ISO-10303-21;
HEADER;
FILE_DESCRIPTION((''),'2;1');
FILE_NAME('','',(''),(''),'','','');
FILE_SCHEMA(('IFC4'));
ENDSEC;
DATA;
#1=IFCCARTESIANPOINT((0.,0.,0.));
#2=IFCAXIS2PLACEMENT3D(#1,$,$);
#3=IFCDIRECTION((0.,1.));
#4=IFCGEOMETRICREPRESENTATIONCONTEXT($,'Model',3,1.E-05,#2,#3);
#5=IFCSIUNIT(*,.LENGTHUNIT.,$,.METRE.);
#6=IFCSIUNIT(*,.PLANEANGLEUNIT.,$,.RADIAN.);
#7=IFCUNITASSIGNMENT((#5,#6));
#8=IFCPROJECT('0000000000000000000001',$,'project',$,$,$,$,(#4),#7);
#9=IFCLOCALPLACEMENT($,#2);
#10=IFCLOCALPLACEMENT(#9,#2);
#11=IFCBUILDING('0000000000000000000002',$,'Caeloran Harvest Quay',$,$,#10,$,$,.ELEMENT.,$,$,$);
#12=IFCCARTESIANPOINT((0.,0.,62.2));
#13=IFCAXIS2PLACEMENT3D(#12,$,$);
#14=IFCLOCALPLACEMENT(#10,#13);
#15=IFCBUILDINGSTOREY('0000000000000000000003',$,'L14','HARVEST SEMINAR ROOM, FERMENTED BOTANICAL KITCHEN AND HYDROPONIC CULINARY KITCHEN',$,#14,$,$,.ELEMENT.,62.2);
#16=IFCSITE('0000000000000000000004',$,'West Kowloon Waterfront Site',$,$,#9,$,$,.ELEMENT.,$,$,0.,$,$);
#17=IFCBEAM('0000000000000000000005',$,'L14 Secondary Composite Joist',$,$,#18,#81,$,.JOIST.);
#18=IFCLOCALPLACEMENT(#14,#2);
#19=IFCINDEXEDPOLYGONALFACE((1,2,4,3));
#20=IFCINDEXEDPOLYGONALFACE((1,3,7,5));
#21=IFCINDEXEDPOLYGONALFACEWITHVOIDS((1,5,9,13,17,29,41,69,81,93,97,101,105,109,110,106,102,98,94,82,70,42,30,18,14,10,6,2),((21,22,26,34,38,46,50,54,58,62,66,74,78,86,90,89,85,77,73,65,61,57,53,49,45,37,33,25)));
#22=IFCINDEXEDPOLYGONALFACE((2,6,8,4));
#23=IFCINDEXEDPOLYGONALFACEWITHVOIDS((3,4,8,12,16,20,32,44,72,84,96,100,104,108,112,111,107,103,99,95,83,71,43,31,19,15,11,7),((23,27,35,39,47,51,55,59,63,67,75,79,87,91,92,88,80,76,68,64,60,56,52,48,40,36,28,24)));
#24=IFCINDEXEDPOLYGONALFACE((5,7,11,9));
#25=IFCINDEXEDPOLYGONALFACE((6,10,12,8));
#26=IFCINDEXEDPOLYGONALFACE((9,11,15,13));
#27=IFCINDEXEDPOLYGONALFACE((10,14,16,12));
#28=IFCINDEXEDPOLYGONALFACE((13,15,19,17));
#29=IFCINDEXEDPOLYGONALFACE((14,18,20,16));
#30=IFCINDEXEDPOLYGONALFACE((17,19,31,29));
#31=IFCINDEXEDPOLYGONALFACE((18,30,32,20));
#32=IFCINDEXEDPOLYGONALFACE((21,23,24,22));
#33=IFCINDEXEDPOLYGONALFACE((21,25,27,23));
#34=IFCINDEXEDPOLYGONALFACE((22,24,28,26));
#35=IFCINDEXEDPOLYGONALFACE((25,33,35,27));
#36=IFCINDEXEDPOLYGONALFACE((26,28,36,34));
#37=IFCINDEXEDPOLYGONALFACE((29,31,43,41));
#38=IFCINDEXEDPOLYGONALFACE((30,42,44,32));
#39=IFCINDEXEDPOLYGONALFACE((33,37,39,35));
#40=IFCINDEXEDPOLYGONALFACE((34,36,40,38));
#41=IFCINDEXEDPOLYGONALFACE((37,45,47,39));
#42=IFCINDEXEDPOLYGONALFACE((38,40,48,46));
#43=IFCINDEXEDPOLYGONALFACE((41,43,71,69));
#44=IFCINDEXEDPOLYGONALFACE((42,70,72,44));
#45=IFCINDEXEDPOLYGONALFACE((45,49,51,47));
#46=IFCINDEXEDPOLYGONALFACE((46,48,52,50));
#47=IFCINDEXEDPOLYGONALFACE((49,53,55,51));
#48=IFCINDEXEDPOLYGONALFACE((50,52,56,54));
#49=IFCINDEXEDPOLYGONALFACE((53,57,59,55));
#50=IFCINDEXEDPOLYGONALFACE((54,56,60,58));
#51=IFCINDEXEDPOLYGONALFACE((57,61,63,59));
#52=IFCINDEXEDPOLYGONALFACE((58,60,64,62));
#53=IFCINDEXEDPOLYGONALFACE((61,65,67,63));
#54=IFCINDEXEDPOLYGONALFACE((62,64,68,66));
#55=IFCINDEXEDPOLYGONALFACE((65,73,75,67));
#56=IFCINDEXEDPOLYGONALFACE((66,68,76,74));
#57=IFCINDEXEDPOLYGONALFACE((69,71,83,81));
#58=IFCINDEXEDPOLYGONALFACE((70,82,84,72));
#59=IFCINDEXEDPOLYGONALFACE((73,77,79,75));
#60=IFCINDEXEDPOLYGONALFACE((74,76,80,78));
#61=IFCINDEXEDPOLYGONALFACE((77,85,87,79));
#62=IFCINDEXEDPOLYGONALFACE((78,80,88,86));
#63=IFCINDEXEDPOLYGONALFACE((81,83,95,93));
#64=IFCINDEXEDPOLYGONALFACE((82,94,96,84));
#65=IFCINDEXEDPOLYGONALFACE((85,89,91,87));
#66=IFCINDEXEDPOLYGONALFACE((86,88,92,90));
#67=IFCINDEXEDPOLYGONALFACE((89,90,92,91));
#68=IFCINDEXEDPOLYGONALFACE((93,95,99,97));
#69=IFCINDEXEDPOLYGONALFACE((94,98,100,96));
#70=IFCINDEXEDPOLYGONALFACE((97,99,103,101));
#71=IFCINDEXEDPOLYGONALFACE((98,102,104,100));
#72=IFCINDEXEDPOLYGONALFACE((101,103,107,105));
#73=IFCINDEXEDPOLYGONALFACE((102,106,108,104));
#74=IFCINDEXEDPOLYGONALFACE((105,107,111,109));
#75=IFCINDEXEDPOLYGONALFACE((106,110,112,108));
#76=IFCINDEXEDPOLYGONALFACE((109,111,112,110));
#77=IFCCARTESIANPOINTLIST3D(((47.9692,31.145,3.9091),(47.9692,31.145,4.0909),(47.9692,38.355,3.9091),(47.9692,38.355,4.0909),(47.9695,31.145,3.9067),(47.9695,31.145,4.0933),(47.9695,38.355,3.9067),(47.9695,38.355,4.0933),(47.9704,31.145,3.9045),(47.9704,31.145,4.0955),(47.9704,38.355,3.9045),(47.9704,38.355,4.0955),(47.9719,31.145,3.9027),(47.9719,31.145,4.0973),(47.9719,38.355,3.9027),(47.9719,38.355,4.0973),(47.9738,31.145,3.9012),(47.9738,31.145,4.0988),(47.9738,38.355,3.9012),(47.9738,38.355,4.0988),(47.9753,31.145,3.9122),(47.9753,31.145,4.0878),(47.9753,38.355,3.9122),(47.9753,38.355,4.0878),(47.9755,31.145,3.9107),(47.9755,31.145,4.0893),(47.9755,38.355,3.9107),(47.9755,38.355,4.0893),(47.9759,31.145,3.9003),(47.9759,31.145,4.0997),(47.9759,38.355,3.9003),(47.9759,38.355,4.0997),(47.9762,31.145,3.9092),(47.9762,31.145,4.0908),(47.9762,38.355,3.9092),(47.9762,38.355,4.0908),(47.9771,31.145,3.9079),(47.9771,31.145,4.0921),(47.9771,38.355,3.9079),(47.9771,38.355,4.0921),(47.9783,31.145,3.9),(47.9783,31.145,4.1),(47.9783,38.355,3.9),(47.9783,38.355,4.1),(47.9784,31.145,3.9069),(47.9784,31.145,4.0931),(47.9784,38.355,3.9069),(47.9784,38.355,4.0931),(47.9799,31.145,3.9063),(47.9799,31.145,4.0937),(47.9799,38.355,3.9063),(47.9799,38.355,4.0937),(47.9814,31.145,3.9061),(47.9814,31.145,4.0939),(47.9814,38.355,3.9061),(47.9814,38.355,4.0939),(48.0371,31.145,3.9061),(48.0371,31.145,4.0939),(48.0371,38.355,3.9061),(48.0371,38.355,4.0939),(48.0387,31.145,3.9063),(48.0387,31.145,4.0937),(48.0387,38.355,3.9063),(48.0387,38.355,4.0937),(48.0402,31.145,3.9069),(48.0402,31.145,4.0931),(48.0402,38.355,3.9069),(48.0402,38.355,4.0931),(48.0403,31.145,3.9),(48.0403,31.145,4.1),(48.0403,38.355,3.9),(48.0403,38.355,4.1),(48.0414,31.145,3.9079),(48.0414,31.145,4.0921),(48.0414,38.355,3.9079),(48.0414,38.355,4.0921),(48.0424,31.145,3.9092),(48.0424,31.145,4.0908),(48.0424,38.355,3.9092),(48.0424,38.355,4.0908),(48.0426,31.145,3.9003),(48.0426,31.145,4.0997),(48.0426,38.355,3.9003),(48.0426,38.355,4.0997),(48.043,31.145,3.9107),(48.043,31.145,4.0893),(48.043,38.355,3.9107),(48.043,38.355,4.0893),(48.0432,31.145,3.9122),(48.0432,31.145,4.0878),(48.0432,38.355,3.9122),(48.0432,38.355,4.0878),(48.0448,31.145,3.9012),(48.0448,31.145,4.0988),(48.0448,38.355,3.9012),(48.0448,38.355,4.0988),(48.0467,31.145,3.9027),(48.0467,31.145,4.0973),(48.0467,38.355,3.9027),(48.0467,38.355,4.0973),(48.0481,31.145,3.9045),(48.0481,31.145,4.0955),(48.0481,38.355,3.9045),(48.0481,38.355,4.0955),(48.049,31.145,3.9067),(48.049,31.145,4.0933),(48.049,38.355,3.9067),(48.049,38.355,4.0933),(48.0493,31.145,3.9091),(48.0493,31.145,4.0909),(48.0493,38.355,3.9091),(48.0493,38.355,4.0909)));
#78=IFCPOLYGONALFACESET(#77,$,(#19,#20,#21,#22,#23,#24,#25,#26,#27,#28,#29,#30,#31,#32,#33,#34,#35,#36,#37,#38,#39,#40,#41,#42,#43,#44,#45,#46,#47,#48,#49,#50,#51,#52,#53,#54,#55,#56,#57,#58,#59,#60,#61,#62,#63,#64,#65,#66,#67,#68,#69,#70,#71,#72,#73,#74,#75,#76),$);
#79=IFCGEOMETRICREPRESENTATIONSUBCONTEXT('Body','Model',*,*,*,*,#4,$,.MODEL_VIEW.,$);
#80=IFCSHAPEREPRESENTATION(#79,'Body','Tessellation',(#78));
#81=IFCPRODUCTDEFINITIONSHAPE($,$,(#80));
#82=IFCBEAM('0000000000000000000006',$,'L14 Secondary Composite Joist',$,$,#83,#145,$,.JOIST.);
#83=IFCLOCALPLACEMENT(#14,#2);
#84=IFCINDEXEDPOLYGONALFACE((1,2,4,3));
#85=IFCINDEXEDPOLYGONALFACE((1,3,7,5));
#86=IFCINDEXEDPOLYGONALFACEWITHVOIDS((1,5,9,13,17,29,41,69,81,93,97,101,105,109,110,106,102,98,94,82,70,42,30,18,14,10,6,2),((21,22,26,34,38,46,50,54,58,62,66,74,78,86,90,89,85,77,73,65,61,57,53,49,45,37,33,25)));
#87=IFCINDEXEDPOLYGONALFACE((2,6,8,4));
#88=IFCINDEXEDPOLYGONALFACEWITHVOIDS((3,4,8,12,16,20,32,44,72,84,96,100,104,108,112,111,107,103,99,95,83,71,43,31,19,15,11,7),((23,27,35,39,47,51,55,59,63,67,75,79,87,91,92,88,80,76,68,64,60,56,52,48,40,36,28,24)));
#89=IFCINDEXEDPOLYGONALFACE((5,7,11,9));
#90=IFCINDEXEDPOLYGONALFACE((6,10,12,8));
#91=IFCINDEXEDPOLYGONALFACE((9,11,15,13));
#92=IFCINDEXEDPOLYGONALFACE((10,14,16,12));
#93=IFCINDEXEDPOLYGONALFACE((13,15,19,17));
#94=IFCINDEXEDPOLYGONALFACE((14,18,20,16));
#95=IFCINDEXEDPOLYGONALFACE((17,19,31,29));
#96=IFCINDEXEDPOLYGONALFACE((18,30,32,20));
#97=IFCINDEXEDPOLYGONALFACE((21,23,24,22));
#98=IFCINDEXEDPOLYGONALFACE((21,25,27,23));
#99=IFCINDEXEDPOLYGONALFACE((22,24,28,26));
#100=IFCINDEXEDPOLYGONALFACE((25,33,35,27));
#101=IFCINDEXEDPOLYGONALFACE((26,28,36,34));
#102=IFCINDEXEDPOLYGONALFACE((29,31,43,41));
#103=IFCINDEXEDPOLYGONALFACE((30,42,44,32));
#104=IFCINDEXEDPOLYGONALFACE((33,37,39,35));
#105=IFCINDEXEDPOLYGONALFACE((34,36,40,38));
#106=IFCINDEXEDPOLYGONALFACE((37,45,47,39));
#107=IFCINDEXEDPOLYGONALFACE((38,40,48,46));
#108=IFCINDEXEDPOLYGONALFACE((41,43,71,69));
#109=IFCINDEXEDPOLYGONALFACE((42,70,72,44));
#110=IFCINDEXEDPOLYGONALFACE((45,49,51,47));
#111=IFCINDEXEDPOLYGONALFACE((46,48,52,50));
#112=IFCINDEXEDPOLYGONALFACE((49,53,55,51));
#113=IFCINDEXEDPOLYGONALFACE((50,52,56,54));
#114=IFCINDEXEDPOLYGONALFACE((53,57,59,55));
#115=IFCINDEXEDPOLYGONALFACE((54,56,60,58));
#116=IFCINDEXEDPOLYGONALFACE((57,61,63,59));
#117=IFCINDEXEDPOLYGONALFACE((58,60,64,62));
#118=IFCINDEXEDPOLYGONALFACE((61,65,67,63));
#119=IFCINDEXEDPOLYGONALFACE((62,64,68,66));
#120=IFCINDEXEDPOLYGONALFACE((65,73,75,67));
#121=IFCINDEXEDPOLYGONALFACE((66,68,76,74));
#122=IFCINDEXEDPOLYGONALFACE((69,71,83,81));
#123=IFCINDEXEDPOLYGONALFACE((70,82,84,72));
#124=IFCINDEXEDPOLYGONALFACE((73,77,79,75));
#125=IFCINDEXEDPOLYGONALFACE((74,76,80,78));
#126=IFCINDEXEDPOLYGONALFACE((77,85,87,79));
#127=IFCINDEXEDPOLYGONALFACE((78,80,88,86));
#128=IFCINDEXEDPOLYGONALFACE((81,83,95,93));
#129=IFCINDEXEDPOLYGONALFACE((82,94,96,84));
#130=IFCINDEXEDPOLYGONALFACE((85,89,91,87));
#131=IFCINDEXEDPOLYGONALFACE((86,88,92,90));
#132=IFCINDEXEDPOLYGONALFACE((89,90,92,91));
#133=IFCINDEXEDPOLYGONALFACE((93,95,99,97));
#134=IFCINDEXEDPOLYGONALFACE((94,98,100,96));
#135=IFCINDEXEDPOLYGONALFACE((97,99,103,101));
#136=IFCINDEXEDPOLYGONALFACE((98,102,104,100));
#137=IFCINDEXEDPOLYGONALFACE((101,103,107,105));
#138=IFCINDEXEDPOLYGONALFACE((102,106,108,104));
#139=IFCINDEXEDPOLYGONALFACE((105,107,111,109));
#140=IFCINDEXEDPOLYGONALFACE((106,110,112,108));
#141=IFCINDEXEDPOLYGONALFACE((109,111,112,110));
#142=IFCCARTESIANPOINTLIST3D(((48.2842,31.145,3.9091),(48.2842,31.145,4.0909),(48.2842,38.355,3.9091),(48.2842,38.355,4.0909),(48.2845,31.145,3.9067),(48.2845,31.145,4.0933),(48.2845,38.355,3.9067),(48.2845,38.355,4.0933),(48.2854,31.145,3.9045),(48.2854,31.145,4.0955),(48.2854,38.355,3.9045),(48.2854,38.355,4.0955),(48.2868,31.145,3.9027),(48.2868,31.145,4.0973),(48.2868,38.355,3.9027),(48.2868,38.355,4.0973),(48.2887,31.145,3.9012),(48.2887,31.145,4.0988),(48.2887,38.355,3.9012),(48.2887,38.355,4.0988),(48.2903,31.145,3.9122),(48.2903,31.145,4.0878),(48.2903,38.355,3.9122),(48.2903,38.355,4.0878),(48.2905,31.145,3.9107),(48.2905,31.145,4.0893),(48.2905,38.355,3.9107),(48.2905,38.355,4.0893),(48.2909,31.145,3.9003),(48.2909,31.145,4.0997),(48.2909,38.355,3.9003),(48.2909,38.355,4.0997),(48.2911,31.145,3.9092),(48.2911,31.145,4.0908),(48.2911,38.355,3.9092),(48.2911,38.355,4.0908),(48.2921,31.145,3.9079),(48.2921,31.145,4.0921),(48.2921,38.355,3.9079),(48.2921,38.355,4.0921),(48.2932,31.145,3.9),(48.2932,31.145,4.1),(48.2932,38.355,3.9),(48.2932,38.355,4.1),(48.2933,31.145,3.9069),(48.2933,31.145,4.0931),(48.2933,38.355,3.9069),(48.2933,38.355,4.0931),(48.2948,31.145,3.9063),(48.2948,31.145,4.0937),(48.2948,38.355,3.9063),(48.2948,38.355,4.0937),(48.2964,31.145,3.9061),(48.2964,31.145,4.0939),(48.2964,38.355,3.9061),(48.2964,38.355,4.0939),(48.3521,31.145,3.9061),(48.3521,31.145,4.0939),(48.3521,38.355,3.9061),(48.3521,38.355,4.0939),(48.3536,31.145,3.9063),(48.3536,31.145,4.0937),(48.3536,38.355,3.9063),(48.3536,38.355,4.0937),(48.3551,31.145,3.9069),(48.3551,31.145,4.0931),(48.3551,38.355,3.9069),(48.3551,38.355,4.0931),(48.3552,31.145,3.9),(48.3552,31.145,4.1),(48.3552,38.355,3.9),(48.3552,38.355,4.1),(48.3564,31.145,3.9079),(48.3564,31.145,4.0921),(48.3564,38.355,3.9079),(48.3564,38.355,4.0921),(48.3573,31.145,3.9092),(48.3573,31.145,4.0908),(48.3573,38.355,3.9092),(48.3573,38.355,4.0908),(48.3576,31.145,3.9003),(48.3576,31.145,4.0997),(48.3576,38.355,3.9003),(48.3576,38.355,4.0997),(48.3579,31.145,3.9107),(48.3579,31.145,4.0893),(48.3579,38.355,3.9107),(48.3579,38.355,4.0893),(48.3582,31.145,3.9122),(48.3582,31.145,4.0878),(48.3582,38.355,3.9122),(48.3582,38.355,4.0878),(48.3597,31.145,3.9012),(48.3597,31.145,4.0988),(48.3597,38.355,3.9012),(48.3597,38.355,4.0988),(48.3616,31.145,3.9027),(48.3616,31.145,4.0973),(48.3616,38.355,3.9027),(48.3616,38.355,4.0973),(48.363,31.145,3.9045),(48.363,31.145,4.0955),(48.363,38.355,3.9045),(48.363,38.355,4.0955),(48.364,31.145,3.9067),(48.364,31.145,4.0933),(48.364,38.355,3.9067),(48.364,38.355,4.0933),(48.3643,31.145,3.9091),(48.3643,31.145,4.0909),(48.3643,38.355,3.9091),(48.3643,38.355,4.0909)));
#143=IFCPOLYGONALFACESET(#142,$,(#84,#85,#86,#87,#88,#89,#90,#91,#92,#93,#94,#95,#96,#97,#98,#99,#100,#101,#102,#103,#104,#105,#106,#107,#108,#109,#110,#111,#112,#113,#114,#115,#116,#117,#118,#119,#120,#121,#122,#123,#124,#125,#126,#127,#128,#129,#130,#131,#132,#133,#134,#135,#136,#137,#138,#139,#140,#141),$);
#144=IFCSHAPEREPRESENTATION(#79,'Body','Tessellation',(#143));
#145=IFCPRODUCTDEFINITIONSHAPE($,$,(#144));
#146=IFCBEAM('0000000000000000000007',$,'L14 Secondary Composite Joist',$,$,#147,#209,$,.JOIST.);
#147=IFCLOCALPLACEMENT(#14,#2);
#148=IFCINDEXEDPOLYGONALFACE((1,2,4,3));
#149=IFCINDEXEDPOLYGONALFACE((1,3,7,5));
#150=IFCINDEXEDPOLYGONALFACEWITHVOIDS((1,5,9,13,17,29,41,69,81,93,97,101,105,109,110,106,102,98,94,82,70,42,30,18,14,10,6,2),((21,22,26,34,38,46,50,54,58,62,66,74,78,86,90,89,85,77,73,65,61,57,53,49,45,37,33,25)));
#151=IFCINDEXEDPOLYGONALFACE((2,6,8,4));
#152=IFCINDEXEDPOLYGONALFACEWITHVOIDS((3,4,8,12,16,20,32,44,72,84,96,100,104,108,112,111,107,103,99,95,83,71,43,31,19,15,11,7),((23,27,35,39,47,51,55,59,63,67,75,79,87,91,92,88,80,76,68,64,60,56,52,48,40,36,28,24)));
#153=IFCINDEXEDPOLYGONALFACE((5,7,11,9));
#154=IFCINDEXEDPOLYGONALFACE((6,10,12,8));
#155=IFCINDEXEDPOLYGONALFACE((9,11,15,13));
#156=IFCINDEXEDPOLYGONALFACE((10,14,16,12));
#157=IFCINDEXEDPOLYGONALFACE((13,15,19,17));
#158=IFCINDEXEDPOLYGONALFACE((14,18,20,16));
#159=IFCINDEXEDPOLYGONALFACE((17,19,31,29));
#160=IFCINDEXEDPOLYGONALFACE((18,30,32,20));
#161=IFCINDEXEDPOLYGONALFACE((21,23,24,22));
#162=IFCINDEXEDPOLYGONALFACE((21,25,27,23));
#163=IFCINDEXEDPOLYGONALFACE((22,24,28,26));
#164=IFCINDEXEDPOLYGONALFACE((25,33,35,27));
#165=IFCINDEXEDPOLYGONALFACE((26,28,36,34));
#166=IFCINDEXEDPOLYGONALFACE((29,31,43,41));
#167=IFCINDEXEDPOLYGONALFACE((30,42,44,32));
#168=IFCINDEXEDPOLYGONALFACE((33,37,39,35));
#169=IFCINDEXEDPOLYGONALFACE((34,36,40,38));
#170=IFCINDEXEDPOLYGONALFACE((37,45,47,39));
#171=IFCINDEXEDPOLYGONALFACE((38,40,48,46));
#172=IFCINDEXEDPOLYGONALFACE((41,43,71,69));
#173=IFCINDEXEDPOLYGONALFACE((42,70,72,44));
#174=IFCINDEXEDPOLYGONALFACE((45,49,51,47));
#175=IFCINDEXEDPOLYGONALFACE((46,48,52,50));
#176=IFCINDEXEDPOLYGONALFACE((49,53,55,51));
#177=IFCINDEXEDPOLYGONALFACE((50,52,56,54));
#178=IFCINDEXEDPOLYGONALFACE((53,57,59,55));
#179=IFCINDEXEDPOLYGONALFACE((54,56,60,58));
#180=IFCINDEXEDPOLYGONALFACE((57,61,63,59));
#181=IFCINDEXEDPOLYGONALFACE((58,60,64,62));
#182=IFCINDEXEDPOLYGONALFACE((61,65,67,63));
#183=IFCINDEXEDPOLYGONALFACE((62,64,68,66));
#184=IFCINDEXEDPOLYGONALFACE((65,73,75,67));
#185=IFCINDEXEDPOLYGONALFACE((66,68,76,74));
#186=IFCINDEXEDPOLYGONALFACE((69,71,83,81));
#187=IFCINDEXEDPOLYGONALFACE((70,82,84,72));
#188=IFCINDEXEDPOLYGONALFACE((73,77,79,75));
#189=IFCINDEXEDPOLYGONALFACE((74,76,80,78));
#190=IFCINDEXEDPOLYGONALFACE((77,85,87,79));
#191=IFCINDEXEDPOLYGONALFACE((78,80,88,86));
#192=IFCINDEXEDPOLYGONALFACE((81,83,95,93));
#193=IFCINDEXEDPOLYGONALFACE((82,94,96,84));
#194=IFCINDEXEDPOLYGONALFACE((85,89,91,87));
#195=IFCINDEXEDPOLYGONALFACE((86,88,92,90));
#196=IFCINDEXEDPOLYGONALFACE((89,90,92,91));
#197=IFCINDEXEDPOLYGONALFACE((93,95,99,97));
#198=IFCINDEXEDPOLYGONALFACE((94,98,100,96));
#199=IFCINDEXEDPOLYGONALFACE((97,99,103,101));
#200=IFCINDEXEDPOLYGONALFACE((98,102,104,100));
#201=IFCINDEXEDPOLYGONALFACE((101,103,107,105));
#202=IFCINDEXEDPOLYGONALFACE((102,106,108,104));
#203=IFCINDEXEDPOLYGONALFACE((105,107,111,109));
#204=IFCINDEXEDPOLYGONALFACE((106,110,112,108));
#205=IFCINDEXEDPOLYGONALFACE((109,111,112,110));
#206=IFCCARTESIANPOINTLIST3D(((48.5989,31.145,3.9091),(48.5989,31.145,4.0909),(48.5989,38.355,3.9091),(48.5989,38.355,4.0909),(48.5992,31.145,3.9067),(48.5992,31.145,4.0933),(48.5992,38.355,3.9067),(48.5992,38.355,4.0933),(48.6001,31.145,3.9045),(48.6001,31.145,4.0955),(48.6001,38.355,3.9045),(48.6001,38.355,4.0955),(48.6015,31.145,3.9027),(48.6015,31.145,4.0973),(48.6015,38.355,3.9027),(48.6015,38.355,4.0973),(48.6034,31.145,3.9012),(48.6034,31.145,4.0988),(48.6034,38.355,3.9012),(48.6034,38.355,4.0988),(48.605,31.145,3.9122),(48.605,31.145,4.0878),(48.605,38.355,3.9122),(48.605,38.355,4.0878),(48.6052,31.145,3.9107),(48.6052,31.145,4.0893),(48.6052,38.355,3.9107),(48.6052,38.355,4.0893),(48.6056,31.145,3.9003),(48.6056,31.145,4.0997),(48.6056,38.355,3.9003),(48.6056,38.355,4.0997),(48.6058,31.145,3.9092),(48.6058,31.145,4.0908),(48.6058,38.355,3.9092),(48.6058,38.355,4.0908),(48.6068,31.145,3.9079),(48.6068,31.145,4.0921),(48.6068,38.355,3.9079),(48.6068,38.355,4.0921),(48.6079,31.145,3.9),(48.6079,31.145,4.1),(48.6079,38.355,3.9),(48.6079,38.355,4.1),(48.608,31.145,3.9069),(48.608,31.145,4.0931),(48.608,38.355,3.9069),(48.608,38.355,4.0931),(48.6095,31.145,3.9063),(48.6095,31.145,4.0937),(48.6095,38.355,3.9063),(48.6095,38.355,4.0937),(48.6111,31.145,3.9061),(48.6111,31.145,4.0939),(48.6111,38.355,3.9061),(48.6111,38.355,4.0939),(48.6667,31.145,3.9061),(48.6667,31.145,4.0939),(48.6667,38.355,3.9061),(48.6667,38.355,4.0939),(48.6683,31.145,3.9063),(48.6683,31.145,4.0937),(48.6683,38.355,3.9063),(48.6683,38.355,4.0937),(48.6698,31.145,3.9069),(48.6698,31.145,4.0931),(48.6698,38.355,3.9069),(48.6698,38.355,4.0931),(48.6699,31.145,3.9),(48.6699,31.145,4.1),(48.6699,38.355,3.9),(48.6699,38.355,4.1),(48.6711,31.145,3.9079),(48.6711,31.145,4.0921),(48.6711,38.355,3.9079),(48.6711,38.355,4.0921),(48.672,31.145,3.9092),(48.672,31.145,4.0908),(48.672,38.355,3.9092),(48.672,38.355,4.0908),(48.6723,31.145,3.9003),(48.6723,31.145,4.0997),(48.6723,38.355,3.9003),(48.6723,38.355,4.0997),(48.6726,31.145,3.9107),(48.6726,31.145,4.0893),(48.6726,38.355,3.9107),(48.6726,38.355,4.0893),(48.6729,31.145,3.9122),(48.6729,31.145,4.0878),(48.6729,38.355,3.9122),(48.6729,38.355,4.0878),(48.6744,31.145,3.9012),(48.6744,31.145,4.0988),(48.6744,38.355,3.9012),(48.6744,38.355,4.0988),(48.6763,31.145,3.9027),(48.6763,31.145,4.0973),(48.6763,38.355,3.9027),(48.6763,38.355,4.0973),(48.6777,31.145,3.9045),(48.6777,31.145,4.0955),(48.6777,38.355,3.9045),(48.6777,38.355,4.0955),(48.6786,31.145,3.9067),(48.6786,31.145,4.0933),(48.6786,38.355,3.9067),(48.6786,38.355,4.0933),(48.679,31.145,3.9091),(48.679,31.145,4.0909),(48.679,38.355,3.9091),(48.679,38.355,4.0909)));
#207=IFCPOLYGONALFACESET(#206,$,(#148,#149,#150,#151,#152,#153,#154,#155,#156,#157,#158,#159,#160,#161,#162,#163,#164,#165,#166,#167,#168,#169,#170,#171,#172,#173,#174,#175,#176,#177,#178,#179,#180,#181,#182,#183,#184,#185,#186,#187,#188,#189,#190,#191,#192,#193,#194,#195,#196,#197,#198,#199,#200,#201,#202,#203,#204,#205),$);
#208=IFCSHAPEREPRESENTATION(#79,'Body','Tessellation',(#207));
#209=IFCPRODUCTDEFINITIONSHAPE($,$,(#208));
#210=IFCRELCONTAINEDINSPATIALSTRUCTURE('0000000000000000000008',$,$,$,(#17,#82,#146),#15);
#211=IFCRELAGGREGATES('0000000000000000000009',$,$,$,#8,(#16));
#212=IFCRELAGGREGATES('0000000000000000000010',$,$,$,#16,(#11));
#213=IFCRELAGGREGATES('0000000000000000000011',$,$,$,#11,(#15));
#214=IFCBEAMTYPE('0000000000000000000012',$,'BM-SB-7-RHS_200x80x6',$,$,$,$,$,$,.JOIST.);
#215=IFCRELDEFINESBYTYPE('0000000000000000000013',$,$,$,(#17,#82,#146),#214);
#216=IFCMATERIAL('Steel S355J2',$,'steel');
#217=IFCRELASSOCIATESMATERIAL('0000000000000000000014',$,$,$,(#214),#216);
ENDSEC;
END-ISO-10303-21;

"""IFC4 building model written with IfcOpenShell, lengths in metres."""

from ifc_helpers import new_model, si_unit, direction, frame, origin, origin_2d, place, context, subcontext, project, spatial, hollow_rectangle, extrude, material, material_profile, profile_set, type_object, element, save


model = new_model("IFC4")

# Units and contexts
model_context = context("Model", 3, precision=1e-05, world=origin(), true_north=direction((0.0, 1.0)))
body_context = subcontext(model_context, "Body", "Model", "MODEL_VIEW")
ifc_project = project(units=[si_unit("LENGTHUNIT", "METRE"), si_unit("PLANEANGLEUNIT", "RADIAN")], contexts=[model_context])

# Site, building, storey
site_placement = place(None, origin())
site = spatial("IfcSite", under=ifc_project, at=site_placement, Name="West Kowloon Waterfront Site", CompositionType="ELEMENT", RefElevation=0.0)
building_placement = place(site_placement, origin())
building = spatial("IfcBuilding", under=site, at=building_placement, Name="Caeloran Harvest Quay", CompositionType="ELEMENT")
storey_placement = place(building_placement, frame((0.0, 0.0, 62.2)))
storey = spatial("IfcBuildingStorey", under=building, at=storey_placement, Name="L14", Description="HARVEST SEMINAR ROOM, FERMENTED BOTANICAL KITCHEN AND HYDROPONIC CULINARY KITCHEN", CompositionType="ELEMENT", Elevation=62.2)

# Beams
ifc_material_1 = material(Name="Steel S355J2", Category="steel")
ifc_material_profile_1 = material_profile(ifc_material_1, hollow_rectangle(XDim=0.0801, YDim=0.2, WallThickness=0.0061, InnerFilletRadius=0.0061, OuterFilletRadius=0.009, at=origin_2d()), Name="RHS 200x80x6")
ifc_profile_set_1 = profile_set([ifc_material_profile_1], Name="Steel S355J2")
beam_type_1 = type_object("IfcBeamType", Name="BM-SB-7-RHS_200x80x6", PredefinedType="JOIST", material=ifc_profile_set_1)
for number, where, z_axis, x_axis, name in (
    (1, (48.0093, 31.145, 4.0), (0.0, 1.0, 0.0), (-1.0, 0.0, 0.0), "L14 Secondary Composite Joist"),
    (2, (48.3242, 31.145, 4.0), (0.0, 1.0, 0.0), (-1.0, 0.0, 0.0), "L14 Secondary Composite Joist"),
    (3, (48.6389, 31.145, 4.0), (0.0, 1.0, 0.0), (-1.0, 0.0, 0.0), "L14 Secondary Composite Joist"),
):
    element("IfcBeam", number, at=place(storey_placement, frame(where, z_axis=z_axis, x_axis=x_axis)), inside=storey, type_object=beam_type_1, Name=name, PredefinedType="JOIST", context=body_context, shape_type="SweptSolid", body=[
        extrude(hollow_rectangle(XDim=0.0801, YDim=0.2, WallThickness=0.0061, InnerFilletRadius=0.0061, OuterFilletRadius=0.009, at=origin_2d()), origin(), (0.0, 0.0, 1.0), 7.21),
    ])

save(model, "model.ifc")
